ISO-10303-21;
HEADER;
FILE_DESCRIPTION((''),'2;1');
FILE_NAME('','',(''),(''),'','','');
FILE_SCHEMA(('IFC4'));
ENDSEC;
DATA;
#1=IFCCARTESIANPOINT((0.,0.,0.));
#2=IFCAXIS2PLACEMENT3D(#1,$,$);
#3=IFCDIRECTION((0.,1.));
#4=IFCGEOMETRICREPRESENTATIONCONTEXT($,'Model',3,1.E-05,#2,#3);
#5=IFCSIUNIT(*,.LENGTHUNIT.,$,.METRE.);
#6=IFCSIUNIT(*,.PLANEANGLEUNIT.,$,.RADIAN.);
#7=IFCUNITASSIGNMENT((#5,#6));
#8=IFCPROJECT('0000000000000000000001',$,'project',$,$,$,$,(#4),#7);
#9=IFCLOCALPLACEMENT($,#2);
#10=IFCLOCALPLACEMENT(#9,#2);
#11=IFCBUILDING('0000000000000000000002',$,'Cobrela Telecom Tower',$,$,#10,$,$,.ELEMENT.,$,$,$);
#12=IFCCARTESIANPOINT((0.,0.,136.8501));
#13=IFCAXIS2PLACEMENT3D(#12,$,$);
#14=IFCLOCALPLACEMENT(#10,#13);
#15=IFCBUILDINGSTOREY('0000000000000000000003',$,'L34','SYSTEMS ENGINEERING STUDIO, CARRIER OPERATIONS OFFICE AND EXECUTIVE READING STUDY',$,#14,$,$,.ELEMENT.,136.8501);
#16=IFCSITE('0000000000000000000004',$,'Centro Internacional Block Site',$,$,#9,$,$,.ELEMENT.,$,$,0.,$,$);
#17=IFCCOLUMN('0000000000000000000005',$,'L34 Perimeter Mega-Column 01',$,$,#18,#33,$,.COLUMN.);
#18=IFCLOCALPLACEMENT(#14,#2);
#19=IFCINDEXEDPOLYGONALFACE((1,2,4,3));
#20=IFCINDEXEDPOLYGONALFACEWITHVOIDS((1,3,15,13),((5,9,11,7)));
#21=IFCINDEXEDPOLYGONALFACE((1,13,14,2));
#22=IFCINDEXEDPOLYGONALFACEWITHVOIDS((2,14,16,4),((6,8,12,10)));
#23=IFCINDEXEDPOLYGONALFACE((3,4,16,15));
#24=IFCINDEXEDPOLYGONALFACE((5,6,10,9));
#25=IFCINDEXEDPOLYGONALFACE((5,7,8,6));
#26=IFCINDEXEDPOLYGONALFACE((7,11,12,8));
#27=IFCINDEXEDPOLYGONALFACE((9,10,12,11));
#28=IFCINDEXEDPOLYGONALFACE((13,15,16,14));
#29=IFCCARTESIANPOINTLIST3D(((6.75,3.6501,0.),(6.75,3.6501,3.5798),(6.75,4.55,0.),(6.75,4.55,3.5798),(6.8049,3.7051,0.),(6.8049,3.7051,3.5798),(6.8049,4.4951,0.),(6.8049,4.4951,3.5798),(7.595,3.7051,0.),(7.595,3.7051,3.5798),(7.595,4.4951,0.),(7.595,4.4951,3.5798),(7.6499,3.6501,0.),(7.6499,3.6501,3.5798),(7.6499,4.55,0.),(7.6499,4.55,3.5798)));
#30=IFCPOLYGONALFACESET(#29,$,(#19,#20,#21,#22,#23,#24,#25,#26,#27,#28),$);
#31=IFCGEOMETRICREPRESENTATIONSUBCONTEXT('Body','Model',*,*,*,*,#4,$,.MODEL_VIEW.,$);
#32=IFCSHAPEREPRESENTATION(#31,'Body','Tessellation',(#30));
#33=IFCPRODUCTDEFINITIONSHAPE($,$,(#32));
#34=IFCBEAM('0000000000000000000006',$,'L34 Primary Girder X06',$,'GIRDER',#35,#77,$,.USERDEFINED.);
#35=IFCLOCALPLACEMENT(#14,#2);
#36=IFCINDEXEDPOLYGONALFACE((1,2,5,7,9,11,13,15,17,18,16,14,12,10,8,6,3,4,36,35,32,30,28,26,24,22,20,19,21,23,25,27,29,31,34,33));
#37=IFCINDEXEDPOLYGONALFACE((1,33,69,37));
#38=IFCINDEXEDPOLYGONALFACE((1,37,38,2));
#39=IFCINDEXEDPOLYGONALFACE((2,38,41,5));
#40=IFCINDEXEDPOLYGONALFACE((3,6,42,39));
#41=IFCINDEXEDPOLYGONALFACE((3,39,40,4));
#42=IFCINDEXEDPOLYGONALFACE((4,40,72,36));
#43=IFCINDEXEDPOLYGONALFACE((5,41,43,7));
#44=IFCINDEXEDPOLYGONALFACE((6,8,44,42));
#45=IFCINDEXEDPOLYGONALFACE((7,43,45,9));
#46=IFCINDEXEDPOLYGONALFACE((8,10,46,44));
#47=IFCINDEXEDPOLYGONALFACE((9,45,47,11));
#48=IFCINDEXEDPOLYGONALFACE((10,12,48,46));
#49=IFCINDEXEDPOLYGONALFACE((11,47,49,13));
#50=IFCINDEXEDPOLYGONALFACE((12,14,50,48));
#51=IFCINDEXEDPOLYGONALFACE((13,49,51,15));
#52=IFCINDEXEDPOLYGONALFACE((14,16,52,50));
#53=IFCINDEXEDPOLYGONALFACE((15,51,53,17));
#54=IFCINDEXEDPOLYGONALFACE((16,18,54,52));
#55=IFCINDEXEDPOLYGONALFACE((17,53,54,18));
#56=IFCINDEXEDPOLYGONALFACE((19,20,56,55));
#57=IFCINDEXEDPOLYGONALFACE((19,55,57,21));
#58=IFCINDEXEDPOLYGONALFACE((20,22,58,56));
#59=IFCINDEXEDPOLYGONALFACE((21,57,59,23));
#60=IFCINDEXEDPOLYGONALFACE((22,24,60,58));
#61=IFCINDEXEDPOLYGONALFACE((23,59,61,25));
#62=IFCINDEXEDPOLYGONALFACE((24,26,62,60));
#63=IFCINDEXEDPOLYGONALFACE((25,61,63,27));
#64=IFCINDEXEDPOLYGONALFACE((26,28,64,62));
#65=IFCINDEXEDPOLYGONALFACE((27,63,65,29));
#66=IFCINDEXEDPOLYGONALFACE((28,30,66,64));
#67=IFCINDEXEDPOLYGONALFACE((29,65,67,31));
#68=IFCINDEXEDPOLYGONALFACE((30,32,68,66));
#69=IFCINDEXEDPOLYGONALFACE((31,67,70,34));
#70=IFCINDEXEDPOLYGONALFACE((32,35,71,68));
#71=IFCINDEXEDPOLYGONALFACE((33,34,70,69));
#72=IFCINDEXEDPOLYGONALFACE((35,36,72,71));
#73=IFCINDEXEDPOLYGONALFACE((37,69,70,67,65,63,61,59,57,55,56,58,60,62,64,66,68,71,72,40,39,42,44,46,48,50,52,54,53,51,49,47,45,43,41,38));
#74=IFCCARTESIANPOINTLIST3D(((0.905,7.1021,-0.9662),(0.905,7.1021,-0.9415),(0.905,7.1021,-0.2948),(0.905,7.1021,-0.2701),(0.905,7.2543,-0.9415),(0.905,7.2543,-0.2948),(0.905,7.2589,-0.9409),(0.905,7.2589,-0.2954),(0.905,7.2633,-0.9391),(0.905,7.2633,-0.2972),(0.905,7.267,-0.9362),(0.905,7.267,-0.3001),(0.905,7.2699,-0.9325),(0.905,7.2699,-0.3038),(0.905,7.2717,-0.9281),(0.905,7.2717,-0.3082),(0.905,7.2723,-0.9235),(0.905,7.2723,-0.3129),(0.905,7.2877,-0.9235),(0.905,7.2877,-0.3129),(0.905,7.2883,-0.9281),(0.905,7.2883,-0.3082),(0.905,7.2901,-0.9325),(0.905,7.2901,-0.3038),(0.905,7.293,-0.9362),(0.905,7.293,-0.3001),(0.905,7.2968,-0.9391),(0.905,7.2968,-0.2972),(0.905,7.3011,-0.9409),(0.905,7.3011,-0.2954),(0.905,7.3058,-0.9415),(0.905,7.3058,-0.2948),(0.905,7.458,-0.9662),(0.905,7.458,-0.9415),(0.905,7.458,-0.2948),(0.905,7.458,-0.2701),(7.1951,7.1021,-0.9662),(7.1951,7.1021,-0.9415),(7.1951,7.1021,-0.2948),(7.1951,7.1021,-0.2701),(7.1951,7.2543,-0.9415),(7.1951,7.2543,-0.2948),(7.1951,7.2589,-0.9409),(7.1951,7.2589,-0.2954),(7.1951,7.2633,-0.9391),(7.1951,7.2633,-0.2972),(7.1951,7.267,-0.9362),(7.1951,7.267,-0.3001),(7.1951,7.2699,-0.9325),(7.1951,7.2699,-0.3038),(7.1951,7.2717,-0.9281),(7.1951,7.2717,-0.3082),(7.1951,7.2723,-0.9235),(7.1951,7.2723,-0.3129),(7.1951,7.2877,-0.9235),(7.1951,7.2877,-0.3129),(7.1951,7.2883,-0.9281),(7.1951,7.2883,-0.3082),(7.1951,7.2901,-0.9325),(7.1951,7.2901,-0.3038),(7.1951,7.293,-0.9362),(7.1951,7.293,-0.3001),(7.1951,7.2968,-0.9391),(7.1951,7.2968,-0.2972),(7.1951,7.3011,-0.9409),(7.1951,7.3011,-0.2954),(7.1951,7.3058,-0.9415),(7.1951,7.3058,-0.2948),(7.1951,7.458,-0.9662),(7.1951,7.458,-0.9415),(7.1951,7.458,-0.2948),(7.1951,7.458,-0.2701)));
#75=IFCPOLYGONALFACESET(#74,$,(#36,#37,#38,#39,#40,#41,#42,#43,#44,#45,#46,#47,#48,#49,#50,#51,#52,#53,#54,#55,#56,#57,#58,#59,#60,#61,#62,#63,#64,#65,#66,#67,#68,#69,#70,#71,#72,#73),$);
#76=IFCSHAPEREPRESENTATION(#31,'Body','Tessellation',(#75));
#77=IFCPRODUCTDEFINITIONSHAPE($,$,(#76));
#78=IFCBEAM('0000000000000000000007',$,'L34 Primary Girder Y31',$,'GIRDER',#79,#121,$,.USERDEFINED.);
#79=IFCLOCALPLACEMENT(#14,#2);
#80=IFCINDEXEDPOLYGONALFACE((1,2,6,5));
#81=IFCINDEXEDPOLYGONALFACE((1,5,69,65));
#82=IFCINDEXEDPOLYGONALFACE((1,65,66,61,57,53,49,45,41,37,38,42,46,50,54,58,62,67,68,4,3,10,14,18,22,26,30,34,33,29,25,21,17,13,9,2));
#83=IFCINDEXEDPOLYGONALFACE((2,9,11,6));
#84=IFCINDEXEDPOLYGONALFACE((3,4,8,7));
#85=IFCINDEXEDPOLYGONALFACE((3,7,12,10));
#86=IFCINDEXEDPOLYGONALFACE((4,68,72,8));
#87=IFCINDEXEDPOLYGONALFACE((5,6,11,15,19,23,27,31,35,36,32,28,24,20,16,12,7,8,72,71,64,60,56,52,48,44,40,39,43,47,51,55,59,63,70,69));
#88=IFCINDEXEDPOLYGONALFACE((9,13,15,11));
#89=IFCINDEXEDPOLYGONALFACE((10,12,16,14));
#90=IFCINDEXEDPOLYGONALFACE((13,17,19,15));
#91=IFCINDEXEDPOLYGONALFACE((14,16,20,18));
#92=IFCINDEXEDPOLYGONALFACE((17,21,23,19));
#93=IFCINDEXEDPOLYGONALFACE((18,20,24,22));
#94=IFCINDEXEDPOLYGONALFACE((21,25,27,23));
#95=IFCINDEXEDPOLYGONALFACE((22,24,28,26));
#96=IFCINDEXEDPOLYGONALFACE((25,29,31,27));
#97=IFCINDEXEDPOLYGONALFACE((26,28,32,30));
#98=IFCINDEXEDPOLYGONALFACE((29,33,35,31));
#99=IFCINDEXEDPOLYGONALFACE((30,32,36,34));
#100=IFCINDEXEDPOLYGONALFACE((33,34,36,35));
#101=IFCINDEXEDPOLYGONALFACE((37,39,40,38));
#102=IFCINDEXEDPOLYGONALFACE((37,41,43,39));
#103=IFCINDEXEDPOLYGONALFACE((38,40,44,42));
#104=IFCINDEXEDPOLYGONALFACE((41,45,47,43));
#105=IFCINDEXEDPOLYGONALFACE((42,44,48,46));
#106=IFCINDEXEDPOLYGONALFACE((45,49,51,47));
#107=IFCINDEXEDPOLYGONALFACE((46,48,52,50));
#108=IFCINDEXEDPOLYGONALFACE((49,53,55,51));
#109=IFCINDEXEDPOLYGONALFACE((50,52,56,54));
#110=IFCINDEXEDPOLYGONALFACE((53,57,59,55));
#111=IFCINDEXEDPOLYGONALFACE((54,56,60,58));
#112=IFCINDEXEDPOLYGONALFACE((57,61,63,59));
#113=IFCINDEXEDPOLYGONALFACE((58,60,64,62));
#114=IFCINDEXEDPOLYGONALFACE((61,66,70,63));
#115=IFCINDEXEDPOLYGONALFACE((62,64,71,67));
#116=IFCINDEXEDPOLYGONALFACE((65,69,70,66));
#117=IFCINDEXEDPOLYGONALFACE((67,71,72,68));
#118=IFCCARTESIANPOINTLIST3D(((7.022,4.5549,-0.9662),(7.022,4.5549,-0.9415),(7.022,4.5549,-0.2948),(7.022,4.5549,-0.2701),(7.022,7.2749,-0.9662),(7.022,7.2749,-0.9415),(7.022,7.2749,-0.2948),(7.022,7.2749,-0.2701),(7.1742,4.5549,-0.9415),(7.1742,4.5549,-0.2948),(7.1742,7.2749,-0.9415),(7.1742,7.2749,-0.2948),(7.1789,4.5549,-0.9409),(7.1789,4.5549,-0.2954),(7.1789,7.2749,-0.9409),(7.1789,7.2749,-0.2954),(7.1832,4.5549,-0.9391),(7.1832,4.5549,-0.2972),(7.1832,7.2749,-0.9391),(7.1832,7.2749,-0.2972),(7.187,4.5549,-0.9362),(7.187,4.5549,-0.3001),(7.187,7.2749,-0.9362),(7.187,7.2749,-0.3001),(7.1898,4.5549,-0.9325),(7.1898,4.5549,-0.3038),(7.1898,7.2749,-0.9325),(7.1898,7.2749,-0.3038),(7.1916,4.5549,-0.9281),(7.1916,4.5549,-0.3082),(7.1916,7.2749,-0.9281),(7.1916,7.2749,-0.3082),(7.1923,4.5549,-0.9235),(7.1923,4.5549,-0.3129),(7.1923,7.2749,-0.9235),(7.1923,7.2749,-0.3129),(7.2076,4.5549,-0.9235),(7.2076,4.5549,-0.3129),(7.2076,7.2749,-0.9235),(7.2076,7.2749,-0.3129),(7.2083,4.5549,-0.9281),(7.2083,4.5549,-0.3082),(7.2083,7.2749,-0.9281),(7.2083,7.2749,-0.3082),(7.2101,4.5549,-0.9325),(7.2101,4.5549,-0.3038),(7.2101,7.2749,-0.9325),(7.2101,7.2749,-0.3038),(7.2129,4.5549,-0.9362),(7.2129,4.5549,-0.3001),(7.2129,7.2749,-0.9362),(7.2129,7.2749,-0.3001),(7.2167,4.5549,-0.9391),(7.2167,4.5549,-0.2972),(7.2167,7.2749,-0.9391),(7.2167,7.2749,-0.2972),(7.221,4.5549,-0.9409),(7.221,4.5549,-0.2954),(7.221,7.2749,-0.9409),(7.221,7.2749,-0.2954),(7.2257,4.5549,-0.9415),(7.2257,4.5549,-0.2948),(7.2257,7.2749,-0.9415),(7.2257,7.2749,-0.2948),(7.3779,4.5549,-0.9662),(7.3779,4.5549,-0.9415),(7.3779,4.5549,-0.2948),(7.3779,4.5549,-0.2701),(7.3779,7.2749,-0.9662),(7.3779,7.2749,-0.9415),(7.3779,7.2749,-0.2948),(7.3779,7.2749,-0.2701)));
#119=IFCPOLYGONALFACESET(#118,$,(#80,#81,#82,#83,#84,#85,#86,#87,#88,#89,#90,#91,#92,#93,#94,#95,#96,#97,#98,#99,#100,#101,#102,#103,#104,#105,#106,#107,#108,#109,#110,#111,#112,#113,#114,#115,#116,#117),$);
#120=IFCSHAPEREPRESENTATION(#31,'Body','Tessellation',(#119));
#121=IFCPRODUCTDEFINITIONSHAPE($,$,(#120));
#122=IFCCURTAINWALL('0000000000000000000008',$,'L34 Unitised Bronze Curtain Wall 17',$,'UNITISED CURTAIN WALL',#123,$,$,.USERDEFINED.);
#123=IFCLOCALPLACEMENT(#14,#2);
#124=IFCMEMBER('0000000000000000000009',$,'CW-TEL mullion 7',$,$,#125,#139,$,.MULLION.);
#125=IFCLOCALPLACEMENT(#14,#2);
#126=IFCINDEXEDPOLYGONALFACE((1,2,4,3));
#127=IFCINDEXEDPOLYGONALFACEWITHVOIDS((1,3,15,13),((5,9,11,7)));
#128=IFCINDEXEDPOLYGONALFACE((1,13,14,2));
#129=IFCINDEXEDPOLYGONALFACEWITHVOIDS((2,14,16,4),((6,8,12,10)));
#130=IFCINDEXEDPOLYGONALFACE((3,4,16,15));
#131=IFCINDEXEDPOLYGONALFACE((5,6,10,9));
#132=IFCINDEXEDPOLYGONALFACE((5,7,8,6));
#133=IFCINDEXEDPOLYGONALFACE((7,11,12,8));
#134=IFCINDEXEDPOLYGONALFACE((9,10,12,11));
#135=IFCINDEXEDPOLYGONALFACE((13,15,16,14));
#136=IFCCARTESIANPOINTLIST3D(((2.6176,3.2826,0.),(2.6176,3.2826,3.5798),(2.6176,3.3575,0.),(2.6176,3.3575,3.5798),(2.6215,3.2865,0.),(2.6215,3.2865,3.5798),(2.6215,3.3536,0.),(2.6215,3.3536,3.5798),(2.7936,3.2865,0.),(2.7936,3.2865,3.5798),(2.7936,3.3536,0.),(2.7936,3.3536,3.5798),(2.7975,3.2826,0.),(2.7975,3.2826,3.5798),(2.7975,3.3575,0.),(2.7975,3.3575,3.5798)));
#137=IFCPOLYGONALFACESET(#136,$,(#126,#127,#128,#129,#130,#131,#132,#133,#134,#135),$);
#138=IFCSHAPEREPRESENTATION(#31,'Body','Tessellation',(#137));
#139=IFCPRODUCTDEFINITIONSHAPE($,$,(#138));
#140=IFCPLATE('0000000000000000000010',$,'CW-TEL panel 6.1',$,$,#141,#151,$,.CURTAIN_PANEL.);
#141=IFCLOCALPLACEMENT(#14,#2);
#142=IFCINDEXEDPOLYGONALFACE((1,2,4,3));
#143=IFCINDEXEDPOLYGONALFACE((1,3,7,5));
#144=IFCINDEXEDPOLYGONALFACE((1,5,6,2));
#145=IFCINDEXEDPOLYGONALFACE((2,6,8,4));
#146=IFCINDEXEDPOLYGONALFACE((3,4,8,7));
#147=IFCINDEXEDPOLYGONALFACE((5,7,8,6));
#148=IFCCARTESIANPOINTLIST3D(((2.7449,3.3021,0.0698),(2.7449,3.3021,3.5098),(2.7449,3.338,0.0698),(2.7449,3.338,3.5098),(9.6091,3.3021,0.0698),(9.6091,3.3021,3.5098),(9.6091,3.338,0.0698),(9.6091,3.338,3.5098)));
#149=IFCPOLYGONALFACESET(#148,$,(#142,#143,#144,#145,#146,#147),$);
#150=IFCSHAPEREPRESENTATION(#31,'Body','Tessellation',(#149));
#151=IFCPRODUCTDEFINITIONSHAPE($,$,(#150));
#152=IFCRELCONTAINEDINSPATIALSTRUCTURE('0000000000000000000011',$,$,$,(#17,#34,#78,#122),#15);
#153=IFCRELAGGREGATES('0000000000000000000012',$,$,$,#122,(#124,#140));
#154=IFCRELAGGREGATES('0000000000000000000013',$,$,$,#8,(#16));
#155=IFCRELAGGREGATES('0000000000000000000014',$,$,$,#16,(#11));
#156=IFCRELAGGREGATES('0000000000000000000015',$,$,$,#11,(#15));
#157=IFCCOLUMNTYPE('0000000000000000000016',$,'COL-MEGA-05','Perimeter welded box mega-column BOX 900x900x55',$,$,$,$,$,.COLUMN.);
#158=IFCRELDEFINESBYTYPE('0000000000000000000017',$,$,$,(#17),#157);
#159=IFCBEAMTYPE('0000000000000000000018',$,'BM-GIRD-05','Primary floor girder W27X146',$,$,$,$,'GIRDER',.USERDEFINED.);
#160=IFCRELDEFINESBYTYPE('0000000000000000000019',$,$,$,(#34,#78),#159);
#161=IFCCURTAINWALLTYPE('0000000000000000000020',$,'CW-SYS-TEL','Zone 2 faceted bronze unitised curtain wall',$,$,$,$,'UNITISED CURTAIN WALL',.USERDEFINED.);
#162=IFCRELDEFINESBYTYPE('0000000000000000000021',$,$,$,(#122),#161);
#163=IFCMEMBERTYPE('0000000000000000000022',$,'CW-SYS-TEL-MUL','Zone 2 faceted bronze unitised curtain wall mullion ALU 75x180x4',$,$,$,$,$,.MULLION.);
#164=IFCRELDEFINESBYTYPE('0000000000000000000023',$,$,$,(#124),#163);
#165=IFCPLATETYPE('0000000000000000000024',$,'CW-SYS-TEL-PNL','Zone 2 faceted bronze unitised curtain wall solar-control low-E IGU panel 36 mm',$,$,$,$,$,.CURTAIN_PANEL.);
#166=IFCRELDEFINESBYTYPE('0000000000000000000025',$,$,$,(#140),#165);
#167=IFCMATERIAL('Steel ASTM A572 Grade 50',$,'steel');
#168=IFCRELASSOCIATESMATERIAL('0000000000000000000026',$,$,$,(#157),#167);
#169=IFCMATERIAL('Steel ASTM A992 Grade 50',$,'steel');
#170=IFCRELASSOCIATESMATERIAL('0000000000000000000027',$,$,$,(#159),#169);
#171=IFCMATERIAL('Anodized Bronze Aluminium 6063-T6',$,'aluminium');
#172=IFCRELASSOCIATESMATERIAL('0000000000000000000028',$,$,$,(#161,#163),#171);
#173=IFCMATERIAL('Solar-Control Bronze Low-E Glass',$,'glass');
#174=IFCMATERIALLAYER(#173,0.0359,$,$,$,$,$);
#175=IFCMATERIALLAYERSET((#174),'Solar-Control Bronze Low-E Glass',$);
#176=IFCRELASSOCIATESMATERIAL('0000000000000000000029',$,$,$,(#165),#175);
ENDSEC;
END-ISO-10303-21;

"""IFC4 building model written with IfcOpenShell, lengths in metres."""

from ifc_helpers import new_model, si_unit, direction, frame, origin, origin_2d, place, context, subcontext, project, spatial, rectangle, hollow_rectangle, i_section, extrude, material, layer, layer_set, material_profile, profile_set, type_object, element, aggregate, save


model = new_model("IFC4")

# Units and contexts
model_context = context("Model", 3, precision=1e-05, world=origin(), true_north=direction((0.0, 1.0)))
body_context = subcontext(model_context, "Body", "Model", "MODEL_VIEW")
ifc_project = project(units=[si_unit("LENGTHUNIT", "METRE"), si_unit("PLANEANGLEUNIT", "RADIAN")], contexts=[model_context])

# Site, building, storey
site_placement = place(None, origin())
site = spatial("IfcSite", under=ifc_project, at=site_placement, Name="Centro Internacional Block Site", CompositionType="ELEMENT", RefElevation=0.0)
building_placement = place(site_placement, origin())
building = spatial("IfcBuilding", under=site, at=building_placement, Name="Cobrela Telecom Tower", CompositionType="ELEMENT")
storey_placement = place(building_placement, frame((0.0, 0.0, 136.8501)))
storey = spatial("IfcBuildingStorey", under=building, at=storey_placement, Name="L34", Description="SYSTEMS ENGINEERING STUDIO, CARRIER OPERATIONS OFFICE AND EXECUTIVE READING STUDY", CompositionType="ELEMENT", Elevation=136.8501)

# Column
ifc_material_1 = material(Name="Steel ASTM A572 Grade 50", Category="steel")
ifc_material_profile_1 = material_profile(ifc_material_1, hollow_rectangle(XDim=0.8999, YDim=0.8999, WallThickness=0.0549, at=origin_2d()), Name="BOX 900x900x55")
ifc_profile_set_1 = profile_set([ifc_material_profile_1], Name="Steel ASTM A572 Grade 50")
column_type = type_object("IfcColumnType", Name="COL-MEGA-05", Description="Perimeter welded box mega-column BOX 900x900x55", PredefinedType="COLUMN", material=ifc_profile_set_1)
column_placement = place(storey_placement, frame((7.2, 4.1001, 0.0), z_axis=(0.0, 0.0, 1.0), x_axis=(1.0, 0.0, 0.0)))
element("IfcColumn", 1, at=column_placement, inside=storey, type_object=column_type, Name="L34 Perimeter Mega-Column 01", PredefinedType="COLUMN", context=body_context, shape_type="SweptSolid", body=[
    extrude(hollow_rectangle(XDim=0.8999, YDim=0.8999, WallThickness=0.0549, at=origin_2d()), origin(), (0.0, 0.0, 1.0), 3.5798),
])

# Beams
ifc_material_2 = material(Name="Steel ASTM A992 Grade 50", Category="steel")
ifc_material_profile_2 = material_profile(ifc_material_2, i_section(OverallWidth=0.356, OverallDepth=0.696, WebThickness=0.0154, FlangeThickness=0.0247, FilletRadius=0.0181, at=origin_2d()), Name="W27X146")
ifc_profile_set_2 = profile_set([ifc_material_profile_2], Name="Steel ASTM A992 Grade 50")
beam_type = type_object("IfcBeamType", Name="BM-GIRD-05", Description="Primary floor girder W27X146", ElementType="GIRDER", PredefinedType="USERDEFINED", material=ifc_profile_set_2)
beam_1_placement = place(storey_placement, frame((0.905, 7.28, -0.6182), z_axis=(1.0, 0.0, 0.0), x_axis=(0.0, 1.0, 0.0)))
element("IfcBeam", 2, at=beam_1_placement, inside=storey, type_object=beam_type, Name="L34 Primary Girder X06", ObjectType="GIRDER", PredefinedType="USERDEFINED", context=body_context, shape_type="SweptSolid", body=[
    extrude(i_section(OverallWidth=0.356, OverallDepth=0.696, WebThickness=0.0154, FlangeThickness=0.0247, FilletRadius=0.0181, at=origin_2d()), origin(), (0.0, 0.0, 1.0), 6.29),
])
beam_2_placement = place(storey_placement, frame((7.2, 4.5549, -0.6182), z_axis=(0.0, 1.0, 0.0), x_axis=(-1.0, 0.0, 0.0)))
element("IfcBeam", 3, at=beam_2_placement, inside=storey, type_object=beam_type, Name="L34 Primary Girder Y31", ObjectType="GIRDER", PredefinedType="USERDEFINED", context=body_context, shape_type="SweptSolid", body=[
    extrude(i_section(OverallWidth=0.356, OverallDepth=0.696, WebThickness=0.0154, FlangeThickness=0.0247, FilletRadius=0.0181, at=origin_2d()), origin(), (0.0, 0.0, 1.0), 2.72),
])

# Curtain wall, member, plate
ifc_material_3 = material(Name="Anodized Bronze Aluminium 6063-T6", Category="aluminium")
curtain_wall_type = type_object("IfcCurtainWallType", Name="CW-SYS-TEL", Description="Zone 2 faceted bronze unitised curtain wall", ElementType="UNITISED CURTAIN WALL", PredefinedType="USERDEFINED", material=ifc_material_3)
curtain_wall_placement = place(storey_placement, origin())
curtain_wall = element("IfcCurtainWall", 4, at=curtain_wall_placement, inside=storey, type_object=curtain_wall_type, Name="L34 Unitised Bronze Curtain Wall 17", ObjectType="UNITISED CURTAIN WALL", PredefinedType="USERDEFINED")
ifc_material_profile_3 = material_profile(ifc_material_3, hollow_rectangle(XDim=0.075, YDim=0.1799, WallThickness=0.0039, at=origin_2d()), Name="ALU 75x180x4")
ifc_profile_set_3 = profile_set([ifc_material_profile_3], Name="Anodized Bronze Aluminium 6063-T6")
member_type = type_object("IfcMemberType", Name="CW-SYS-TEL-MUL", Description="Zone 2 faceted bronze unitised curtain wall mullion ALU 75x180x4", PredefinedType="MULLION", material=ifc_profile_set_3)
member_placement = place(storey_placement, frame((2.7075, 3.3201, 0.0), z_axis=(0.0, 0.0, 1.0), x_axis=(0.0, -1.0, 0.0)))
member = element("IfcMember", 5, at=member_placement, type_object=member_type, Name="CW-TEL mullion 7", PredefinedType="MULLION", context=body_context, shape_type="SweptSolid", body=[
    extrude(hollow_rectangle(XDim=0.075, YDim=0.1799, WallThickness=0.0039, at=origin_2d()), origin(), (0.0, 0.0, 1.0), 3.5798),
])
ifc_material_4 = material(Name="Solar-Control Bronze Low-E Glass", Category="glass")
ifc_layer_1 = layer(ifc_material_4, 0.0359)
ifc_layer_set_1 = layer_set([ifc_layer_1], Name="Solar-Control Bronze Low-E Glass")
plate_type = type_object("IfcPlateType", Name="CW-SYS-TEL-PNL", Description="Zone 2 faceted bronze unitised curtain wall solar-control low-E IGU panel 36 mm", PredefinedType="CURTAIN_PANEL", material=ifc_layer_set_1)
plate_placement = place(storey_placement, frame((6.177, 3.3201, 0.0698), z_axis=(0.0, 0.0, 1.0), x_axis=(-1.0, 0.0, 0.0)))
plate = element("IfcPlate", 6, at=plate_placement, type_object=plate_type, Name="CW-TEL panel 6.1", PredefinedType="CURTAIN_PANEL", context=body_context, shape_type="SweptSolid", body=[
    extrude(rectangle(XDim=6.8643, YDim=0.0359, at=origin_2d()), origin(), (0.0, 0.0, 1.0), 3.4399),
])
aggregate(curtain_wall, [member, plate])

save(model, "model.ifc")
